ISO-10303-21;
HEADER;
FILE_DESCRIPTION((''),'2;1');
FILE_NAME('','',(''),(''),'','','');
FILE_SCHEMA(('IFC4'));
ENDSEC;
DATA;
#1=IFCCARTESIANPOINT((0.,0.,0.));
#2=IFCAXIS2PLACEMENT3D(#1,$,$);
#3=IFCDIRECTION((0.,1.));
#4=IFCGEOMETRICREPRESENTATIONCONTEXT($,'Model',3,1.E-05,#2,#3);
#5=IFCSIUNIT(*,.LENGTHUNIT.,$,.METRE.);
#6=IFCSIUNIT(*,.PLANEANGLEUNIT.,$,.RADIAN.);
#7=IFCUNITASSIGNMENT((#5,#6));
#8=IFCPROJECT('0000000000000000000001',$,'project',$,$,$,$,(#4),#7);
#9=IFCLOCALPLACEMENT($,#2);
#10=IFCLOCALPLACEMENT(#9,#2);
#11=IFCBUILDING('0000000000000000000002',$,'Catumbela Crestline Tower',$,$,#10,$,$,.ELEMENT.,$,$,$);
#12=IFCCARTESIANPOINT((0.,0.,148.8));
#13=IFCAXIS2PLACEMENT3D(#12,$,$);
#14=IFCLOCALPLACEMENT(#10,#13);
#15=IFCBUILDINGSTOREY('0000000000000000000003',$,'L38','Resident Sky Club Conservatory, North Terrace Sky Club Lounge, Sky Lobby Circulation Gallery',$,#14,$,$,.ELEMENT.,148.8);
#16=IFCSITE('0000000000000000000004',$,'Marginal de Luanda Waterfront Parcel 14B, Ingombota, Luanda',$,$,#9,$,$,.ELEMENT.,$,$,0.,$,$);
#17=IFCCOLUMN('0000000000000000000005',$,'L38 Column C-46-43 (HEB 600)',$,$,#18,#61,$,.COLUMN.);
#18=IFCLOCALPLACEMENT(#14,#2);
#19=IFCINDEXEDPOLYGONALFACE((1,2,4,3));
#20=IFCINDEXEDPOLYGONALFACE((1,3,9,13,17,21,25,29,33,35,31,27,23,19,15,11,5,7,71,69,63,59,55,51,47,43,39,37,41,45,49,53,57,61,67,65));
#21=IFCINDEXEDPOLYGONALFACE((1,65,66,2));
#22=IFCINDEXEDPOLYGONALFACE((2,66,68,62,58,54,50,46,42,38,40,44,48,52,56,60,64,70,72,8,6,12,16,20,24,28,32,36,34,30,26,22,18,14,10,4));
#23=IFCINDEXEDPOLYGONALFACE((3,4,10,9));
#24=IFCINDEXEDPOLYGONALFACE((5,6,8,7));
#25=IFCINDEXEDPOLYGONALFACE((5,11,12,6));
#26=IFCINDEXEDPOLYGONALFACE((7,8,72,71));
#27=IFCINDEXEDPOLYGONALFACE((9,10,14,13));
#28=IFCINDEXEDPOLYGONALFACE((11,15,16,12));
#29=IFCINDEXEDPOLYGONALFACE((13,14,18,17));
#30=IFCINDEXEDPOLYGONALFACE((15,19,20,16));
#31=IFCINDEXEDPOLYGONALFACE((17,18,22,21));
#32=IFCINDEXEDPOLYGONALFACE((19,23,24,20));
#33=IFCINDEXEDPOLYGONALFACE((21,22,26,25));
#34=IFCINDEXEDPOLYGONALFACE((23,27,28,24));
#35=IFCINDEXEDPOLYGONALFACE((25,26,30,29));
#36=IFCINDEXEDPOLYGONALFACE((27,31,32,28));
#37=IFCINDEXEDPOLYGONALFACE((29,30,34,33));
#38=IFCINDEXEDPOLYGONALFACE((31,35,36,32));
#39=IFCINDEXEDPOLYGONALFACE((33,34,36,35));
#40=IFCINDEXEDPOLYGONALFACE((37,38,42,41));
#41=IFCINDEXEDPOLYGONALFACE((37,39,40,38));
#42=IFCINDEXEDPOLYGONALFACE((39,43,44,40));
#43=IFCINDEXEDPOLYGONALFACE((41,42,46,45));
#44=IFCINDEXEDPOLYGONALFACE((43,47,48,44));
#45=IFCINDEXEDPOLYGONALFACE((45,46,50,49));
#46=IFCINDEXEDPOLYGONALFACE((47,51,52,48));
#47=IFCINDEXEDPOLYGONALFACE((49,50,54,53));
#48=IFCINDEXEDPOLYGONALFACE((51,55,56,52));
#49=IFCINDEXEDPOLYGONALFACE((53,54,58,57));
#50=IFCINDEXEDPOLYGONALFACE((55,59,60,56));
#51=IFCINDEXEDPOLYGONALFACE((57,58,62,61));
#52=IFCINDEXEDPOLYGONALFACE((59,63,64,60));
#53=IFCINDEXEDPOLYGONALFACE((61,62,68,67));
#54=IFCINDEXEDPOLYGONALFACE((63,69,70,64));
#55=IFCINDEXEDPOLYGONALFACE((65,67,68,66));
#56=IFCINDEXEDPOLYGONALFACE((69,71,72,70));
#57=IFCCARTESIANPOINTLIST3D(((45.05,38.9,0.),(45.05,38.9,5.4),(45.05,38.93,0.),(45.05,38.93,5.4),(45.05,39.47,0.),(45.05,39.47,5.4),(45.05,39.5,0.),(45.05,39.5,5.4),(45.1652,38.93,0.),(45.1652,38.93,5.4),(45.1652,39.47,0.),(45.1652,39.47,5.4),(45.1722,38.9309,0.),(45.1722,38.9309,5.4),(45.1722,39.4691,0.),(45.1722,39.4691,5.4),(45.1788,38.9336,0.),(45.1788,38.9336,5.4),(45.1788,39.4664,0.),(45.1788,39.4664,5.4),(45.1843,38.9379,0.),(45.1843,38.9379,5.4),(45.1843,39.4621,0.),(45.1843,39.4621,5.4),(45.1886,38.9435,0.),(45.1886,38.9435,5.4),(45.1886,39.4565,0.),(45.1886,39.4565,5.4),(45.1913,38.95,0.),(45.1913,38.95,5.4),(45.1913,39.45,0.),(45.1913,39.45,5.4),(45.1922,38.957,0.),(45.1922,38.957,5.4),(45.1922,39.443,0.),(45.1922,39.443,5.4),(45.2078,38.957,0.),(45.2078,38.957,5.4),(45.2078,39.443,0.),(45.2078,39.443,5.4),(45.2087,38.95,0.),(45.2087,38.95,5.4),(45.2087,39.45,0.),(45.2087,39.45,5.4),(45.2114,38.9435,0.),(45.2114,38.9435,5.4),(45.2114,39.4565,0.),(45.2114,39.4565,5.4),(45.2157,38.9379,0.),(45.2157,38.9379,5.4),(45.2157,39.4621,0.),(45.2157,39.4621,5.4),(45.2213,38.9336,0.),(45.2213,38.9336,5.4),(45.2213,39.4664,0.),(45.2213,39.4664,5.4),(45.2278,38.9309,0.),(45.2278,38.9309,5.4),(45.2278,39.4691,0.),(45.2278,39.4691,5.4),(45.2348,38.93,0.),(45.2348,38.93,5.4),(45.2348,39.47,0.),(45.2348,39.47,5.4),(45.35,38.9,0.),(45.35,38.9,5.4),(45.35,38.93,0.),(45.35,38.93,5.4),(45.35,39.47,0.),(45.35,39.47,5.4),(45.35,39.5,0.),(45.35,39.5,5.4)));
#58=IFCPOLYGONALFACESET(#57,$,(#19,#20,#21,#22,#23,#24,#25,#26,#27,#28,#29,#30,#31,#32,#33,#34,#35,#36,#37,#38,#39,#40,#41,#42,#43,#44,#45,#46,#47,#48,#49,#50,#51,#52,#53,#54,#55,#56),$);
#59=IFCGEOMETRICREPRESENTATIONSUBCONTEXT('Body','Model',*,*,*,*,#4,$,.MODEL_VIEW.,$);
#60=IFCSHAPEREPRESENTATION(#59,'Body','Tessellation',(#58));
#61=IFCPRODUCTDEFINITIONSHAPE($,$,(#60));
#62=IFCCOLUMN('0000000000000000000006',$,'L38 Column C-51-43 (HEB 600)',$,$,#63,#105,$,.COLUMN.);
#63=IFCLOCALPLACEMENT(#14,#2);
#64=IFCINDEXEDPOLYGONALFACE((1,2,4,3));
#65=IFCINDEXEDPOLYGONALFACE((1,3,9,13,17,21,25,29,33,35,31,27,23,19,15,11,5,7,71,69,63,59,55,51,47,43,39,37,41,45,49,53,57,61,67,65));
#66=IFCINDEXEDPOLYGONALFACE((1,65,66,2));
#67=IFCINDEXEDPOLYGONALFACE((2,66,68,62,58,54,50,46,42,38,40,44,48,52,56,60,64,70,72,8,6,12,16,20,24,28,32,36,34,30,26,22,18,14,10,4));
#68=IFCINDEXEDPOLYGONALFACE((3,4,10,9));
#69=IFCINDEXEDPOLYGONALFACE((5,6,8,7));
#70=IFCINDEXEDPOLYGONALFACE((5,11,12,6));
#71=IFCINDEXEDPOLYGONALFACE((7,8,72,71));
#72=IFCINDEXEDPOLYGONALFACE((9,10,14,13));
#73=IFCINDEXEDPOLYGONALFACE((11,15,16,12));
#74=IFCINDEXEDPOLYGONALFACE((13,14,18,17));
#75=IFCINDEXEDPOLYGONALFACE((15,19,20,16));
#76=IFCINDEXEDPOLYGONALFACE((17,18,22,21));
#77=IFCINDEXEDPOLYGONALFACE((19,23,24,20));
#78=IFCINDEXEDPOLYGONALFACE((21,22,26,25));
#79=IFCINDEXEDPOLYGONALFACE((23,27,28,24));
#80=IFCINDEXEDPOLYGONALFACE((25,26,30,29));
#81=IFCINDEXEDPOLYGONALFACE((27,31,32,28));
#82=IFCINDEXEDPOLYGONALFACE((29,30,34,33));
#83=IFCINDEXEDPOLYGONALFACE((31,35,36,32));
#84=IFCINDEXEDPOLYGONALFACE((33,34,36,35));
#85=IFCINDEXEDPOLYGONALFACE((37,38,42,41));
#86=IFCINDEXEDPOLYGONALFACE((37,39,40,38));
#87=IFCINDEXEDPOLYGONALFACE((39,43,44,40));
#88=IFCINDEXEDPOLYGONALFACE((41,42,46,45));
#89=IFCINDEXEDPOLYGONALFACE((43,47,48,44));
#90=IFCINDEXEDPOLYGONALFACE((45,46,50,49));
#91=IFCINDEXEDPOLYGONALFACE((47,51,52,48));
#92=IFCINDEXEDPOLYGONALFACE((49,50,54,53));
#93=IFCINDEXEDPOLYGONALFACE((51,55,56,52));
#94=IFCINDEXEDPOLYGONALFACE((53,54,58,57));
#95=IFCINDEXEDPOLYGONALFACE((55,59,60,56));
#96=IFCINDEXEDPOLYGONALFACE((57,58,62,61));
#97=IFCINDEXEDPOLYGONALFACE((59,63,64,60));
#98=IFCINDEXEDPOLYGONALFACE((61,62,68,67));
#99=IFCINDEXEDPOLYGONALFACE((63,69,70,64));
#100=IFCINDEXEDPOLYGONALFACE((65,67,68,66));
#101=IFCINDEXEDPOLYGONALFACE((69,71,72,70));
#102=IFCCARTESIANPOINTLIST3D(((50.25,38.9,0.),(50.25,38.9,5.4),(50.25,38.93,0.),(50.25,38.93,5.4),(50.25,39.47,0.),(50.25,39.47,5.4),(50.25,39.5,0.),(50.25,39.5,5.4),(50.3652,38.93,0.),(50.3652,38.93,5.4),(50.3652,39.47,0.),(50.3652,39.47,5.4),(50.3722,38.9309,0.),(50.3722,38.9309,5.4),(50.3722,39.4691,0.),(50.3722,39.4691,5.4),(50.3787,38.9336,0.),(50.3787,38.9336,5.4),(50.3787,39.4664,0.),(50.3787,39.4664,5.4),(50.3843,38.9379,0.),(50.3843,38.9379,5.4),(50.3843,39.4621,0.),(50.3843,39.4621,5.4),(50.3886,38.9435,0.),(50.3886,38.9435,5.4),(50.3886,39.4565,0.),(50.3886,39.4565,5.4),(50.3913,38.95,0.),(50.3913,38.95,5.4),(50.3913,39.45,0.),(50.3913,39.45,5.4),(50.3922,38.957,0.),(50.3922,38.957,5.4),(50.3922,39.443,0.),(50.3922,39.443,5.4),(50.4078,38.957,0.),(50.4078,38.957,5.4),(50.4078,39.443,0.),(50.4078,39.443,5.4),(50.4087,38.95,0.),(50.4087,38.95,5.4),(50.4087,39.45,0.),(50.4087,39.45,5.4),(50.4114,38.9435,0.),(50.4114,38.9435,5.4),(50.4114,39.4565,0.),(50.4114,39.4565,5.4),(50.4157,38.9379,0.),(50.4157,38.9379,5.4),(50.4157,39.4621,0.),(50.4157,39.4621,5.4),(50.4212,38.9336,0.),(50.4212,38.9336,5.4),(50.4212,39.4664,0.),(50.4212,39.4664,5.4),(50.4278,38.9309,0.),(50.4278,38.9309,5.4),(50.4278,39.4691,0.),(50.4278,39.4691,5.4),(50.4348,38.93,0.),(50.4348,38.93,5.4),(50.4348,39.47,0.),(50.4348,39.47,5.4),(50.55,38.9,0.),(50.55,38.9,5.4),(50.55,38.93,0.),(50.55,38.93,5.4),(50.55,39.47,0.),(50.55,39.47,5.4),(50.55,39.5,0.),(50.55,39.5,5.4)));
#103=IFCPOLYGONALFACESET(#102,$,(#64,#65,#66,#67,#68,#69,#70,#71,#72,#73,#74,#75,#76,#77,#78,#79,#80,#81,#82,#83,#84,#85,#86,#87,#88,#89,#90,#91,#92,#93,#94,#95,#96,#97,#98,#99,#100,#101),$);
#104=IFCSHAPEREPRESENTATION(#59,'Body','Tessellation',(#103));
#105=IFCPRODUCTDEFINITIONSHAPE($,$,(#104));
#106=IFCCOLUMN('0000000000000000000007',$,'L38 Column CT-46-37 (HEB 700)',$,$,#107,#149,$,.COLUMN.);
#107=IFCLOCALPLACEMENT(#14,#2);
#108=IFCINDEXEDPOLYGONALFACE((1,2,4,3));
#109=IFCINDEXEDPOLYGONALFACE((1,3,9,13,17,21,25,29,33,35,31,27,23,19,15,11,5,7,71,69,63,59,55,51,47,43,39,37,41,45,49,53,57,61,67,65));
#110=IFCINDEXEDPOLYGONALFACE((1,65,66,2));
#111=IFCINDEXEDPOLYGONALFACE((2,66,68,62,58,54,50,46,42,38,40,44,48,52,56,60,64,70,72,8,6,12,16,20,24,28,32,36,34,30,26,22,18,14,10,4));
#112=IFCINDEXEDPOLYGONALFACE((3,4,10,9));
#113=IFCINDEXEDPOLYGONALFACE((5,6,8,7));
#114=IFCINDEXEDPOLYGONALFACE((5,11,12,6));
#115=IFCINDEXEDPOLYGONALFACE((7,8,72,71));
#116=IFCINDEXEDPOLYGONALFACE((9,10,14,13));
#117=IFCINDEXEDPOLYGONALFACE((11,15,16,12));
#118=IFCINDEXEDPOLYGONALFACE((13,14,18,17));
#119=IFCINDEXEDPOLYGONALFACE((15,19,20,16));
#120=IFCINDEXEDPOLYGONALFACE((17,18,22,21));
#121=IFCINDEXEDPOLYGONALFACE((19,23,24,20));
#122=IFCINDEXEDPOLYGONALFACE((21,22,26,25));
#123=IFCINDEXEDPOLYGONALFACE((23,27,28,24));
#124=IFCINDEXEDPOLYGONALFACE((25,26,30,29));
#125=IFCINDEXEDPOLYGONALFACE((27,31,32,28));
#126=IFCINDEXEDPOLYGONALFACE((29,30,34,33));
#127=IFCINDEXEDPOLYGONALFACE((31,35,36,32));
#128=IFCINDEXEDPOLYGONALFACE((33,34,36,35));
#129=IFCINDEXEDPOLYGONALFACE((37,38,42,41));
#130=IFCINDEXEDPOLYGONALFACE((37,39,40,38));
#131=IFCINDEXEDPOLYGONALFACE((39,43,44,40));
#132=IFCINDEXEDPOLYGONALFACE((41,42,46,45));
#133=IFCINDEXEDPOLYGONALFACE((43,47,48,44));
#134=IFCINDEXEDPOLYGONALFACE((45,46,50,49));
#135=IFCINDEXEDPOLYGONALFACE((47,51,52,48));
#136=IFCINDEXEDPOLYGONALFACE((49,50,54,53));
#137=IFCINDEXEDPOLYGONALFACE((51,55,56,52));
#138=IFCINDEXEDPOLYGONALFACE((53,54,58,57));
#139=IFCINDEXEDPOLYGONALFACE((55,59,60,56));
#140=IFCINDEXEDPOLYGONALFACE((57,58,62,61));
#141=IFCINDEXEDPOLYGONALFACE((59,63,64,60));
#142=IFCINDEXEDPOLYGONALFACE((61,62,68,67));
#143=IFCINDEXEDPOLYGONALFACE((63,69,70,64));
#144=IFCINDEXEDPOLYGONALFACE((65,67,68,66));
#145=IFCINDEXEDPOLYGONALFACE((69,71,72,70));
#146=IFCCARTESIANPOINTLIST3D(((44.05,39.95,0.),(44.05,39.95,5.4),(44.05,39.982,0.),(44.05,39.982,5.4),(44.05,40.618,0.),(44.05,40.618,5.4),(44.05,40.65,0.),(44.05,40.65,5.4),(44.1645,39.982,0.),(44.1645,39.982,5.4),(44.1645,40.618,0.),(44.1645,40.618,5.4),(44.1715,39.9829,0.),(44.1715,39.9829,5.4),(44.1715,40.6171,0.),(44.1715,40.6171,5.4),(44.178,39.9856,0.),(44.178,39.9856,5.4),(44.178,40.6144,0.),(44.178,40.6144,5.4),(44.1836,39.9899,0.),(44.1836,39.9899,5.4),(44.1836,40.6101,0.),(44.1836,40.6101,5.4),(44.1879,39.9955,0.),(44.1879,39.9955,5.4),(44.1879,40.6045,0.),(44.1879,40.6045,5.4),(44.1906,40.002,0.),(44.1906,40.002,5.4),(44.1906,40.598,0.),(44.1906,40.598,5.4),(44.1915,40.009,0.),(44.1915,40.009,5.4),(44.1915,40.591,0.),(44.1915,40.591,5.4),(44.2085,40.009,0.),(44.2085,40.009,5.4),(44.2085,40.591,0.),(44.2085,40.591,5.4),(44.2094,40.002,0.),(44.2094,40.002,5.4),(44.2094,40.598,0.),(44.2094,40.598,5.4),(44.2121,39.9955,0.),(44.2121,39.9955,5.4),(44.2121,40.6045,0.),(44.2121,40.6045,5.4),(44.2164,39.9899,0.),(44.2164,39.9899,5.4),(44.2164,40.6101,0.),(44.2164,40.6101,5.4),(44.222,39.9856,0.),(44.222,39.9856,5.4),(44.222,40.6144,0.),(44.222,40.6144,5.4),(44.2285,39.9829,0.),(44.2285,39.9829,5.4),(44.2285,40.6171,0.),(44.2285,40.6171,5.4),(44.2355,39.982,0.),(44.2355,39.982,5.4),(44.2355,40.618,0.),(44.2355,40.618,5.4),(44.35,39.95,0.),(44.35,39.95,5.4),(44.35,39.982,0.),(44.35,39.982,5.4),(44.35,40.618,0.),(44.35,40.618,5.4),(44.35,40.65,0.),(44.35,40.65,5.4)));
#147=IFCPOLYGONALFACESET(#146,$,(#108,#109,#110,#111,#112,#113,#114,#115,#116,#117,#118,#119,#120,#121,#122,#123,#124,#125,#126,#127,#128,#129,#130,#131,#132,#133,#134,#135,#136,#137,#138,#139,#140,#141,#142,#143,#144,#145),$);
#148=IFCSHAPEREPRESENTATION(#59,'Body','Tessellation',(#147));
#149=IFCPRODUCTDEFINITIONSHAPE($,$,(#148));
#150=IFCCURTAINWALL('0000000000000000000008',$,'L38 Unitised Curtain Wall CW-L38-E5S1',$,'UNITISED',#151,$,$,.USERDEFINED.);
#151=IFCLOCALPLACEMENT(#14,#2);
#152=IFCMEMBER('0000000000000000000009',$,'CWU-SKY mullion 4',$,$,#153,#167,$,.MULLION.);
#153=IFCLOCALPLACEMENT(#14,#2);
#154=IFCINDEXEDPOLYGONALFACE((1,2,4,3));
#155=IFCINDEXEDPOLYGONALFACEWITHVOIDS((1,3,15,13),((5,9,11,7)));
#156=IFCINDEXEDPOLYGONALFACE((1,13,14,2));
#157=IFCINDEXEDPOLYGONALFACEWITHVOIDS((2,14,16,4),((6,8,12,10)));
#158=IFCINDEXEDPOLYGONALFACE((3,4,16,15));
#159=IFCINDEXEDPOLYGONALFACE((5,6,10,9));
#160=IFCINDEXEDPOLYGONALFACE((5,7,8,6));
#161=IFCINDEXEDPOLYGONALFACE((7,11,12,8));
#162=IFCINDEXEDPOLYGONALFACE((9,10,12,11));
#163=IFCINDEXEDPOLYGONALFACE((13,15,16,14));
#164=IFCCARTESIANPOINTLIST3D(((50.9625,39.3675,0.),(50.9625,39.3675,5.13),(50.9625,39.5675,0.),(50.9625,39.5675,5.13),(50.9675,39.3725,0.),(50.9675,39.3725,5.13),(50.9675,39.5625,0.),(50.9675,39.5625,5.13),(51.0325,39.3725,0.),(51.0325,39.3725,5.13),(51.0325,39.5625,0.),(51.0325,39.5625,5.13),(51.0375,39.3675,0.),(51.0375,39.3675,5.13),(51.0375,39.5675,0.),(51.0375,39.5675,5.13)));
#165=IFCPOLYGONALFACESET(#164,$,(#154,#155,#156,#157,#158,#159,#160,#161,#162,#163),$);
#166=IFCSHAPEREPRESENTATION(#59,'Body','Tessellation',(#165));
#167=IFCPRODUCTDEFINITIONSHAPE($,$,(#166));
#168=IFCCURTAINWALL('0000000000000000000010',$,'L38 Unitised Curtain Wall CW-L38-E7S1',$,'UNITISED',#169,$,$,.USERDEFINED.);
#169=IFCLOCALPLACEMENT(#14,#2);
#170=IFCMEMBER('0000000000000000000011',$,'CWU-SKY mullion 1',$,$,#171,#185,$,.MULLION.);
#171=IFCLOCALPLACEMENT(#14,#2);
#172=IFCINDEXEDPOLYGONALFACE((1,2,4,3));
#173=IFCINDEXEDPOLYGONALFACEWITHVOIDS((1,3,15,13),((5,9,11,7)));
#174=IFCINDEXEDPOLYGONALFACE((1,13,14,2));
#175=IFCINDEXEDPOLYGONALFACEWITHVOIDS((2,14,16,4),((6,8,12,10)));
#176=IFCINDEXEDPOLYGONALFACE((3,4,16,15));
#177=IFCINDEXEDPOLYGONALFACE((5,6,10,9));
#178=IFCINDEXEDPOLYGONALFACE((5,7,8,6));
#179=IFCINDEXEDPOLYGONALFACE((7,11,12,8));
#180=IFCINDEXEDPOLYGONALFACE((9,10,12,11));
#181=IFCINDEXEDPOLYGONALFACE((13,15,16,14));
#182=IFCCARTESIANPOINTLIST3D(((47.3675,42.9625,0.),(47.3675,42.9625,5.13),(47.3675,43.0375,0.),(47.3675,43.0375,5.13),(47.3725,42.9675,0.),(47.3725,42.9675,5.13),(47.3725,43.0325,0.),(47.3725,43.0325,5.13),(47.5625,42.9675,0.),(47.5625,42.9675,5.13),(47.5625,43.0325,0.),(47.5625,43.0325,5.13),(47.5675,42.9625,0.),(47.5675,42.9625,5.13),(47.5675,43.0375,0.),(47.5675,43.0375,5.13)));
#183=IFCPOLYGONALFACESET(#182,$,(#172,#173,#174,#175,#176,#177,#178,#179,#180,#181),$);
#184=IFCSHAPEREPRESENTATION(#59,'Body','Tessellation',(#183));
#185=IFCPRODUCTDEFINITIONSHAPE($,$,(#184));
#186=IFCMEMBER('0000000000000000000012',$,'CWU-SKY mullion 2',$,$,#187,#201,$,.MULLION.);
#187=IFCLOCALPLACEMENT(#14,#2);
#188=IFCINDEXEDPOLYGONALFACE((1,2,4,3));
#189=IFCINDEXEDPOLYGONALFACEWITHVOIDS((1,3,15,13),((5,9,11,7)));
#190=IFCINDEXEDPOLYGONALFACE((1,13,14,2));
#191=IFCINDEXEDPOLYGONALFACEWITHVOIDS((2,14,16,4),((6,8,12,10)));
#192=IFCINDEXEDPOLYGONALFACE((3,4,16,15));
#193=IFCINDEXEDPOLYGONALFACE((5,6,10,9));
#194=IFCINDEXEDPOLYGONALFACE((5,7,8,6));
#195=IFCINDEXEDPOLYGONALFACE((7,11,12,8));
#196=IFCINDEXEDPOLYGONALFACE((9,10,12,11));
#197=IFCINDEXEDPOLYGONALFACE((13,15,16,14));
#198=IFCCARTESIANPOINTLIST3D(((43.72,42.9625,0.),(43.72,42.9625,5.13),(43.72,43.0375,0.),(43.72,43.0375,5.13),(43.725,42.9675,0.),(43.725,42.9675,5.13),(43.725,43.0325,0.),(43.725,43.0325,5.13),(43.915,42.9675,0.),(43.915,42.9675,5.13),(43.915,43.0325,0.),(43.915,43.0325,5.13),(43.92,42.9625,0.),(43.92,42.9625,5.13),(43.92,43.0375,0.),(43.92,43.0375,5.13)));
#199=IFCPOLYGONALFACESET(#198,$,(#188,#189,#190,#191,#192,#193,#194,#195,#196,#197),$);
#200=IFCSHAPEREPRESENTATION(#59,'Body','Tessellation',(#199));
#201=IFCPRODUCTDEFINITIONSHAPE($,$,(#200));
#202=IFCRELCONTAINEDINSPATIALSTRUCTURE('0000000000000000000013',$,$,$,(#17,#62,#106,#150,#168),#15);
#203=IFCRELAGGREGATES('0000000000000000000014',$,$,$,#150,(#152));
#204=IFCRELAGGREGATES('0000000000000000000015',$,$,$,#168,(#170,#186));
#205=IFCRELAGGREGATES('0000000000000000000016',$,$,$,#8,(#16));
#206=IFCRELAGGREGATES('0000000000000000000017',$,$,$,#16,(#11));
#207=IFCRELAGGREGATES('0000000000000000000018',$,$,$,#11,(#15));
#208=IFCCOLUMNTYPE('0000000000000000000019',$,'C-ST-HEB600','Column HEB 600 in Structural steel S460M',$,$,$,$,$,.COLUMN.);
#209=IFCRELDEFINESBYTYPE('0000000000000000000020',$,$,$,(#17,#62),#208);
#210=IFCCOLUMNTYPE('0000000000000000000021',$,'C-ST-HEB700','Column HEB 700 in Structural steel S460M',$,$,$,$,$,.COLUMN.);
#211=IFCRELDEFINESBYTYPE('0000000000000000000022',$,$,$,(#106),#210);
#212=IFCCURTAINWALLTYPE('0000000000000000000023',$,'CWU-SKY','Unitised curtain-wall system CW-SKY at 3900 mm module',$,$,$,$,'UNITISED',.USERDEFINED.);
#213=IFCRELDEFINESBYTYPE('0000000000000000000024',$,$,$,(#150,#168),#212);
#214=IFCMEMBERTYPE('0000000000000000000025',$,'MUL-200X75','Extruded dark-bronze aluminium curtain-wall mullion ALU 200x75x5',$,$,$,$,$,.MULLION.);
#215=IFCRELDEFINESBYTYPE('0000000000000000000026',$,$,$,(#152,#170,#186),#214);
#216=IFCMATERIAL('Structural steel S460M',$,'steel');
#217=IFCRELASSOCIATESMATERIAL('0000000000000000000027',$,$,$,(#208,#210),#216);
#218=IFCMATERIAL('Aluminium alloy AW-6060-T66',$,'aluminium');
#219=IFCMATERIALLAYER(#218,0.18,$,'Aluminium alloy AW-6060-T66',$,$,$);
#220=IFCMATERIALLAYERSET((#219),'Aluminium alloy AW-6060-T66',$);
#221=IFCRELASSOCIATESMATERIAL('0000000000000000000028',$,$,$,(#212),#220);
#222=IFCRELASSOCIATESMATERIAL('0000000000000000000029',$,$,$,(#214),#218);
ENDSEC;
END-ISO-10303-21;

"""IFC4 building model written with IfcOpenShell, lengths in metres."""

from ifc_helpers import new_model, si_unit, direction, frame, origin, origin_2d, place, context, subcontext, project, spatial, hollow_rectangle, i_section, extrude, material, layer, layer_set, material_profile, profile_set, type_object, element, aggregate, save


model = new_model("IFC4")

# Units and contexts
model_context = context("Model", 3, precision=1e-05, world=origin(), true_north=direction((0.0, 1.0)))
body_context = subcontext(model_context, "Body", "Model", "MODEL_VIEW")
ifc_project = project(units=[si_unit("LENGTHUNIT", "METRE"), si_unit("PLANEANGLEUNIT", "RADIAN")], contexts=[model_context])

# Site, building, storey
site_placement = place(None, origin())
site = spatial("IfcSite", under=ifc_project, at=site_placement, Name="Marginal de Luanda Waterfront Parcel 14B, Ingombota, Luanda", CompositionType="ELEMENT", RefElevation=0.0)
building_placement = place(site_placement, origin())
building = spatial("IfcBuilding", under=site, at=building_placement, Name="Catumbela Crestline Tower", CompositionType="ELEMENT")
storey_placement = place(building_placement, frame((0.0, 0.0, 148.8)))
storey = spatial("IfcBuildingStorey", under=building, at=storey_placement, Name="L38", Description="Resident Sky Club Conservatory, North Terrace Sky Club Lounge, Sky Lobby Circulation Gallery", CompositionType="ELEMENT", Elevation=148.8)

# Columns
ifc_material_1 = material(Name="Structural steel S460M", Category="steel")
ifc_material_profile_1 = material_profile(ifc_material_1, i_section(OverallWidth=0.3, OverallDepth=0.6, WebThickness=0.0155, FlangeThickness=0.03, FilletRadius=0.027, at=origin_2d()), Name="HEB 600")
ifc_profile_set_1 = profile_set([ifc_material_profile_1], Name="Structural steel S460M")
column_type_1 = type_object("IfcColumnType", Name="C-ST-HEB600", Description="Column HEB 600 in Structural steel S460M", PredefinedType="COLUMN", material=ifc_profile_set_1)
for number, where, z_axis, x_axis, name in (
    (1, (45.2, 39.2, 0.0), (0.0, 0.0, 1.0), (1.0, 0.0, 0.0), "L38 Column C-46-43 (HEB 600)"),
    (2, (50.4, 39.2, 0.0), (0.0, 0.0, 1.0), (1.0, 0.0, 0.0), "L38 Column C-51-43 (HEB 600)"),
):
    element("IfcColumn", number, at=place(storey_placement, frame(where, z_axis=z_axis, x_axis=x_axis)), inside=storey, type_object=column_type_1, Name=name, PredefinedType="COLUMN", context=body_context, shape_type="SweptSolid", body=[
        extrude(i_section(OverallWidth=0.3, OverallDepth=0.6, WebThickness=0.0155, FlangeThickness=0.03, FilletRadius=0.027, at=origin_2d()), origin(), (0.0, 0.0, 1.0), 5.4),
    ])
ifc_material_profile_2 = material_profile(ifc_material_1, i_section(OverallWidth=0.3, OverallDepth=0.7, WebThickness=0.017, FlangeThickness=0.032, FilletRadius=0.027, at=origin_2d()), Name="HEB 700")
ifc_profile_set_2 = profile_set([ifc_material_profile_2], Name="Structural steel S460M")
column_type_2 = type_object("IfcColumnType", Name="C-ST-HEB700", Description="Column HEB 700 in Structural steel S460M", PredefinedType="COLUMN", material=ifc_profile_set_2)
column_placement = place(storey_placement, frame((44.2, 40.3, 0.0), z_axis=(0.0, 0.0, 1.0), x_axis=(1.0, 0.0, 0.0)))
element("IfcColumn", 3, at=column_placement, inside=storey, type_object=column_type_2, Name="L38 Column CT-46-37 (HEB 700)", PredefinedType="COLUMN", context=body_context, shape_type="SweptSolid", body=[
    extrude(i_section(OverallWidth=0.3, OverallDepth=0.7, WebThickness=0.017, FlangeThickness=0.032, FilletRadius=0.027, at=origin_2d()), origin(), (0.0, 0.0, 1.0), 5.4),
])

# Curtain wall, member
ifc_material_2 = material(Name="Aluminium alloy AW-6060-T66", Category="aluminium")
ifc_layer_1 = layer(ifc_material_2, 0.18, Name="Aluminium alloy AW-6060-T66")
ifc_layer_set_1 = layer_set([ifc_layer_1], Name="Aluminium alloy AW-6060-T66")
curtain_wall_type = type_object("IfcCurtainWallType", Name="CWU-SKY", Description="Unitised curtain-wall system CW-SKY at 3900 mm module", ElementType="UNITISED", PredefinedType="USERDEFINED", material=ifc_layer_set_1)
curtain_wall_1_placement = place(storey_placement, origin())
curtain_wall_1 = element("IfcCurtainWall", 4, at=curtain_wall_1_placement, inside=storey, type_object=curtain_wall_type, Name="L38 Unitised Curtain Wall CW-L38-E5S1", ObjectType="UNITISED", PredefinedType="USERDEFINED")
ifc_material_profile_3 = material_profile(ifc_material_2, hollow_rectangle(XDim=0.075, YDim=0.2, WallThickness=0.005, at=origin_2d()), Name="ALU 200x75x5")
ifc_profile_set_3 = profile_set([ifc_material_profile_3], Name="Aluminium alloy AW-6060-T66")
member_type_1 = type_object("IfcMemberType", Name="MUL-200X75", Description="Extruded dark-bronze aluminium curtain-wall mullion ALU 200x75x5", PredefinedType="MULLION", material=ifc_profile_set_3)
member_1_placement = place(storey_placement, frame((51.0, 39.4675, 0.0), z_axis=(0.0, 0.0, 1.0), x_axis=(-1.0, 0.0, 0.0)))
member_1 = element("IfcMember", 5, at=member_1_placement, type_object=member_type_1, Name="CWU-SKY mullion 4", PredefinedType="MULLION", context=body_context, shape_type="SweptSolid", body=[
    extrude(hollow_rectangle(XDim=0.075, YDim=0.2, WallThickness=0.005, at=origin_2d()), origin(), (0.0, 0.0, 1.0), 5.13),
])
aggregate(curtain_wall_1, [member_1])

# Curtain wall, members
curtain_wall_2_placement = place(storey_placement, origin())
curtain_wall_2 = element("IfcCurtainWall", 6, at=curtain_wall_2_placement, inside=storey, type_object=curtain_wall_type, Name="L38 Unitised Curtain Wall CW-L38-E7S1", ObjectType="UNITISED", PredefinedType="USERDEFINED")
member_2_placement = place(storey_placement, frame((47.4675, 43.0, 0.0), z_axis=(0.0, 0.0, 1.0), x_axis=(0.0, -1.0, 0.0)))
member_2 = element("IfcMember", 7, at=member_2_placement, type_object=member_type_1, Name="CWU-SKY mullion 1", PredefinedType="MULLION", context=body_context, shape_type="SweptSolid", body=[
    extrude(hollow_rectangle(XDim=0.075, YDim=0.2, WallThickness=0.005, at=origin_2d()), origin(), (0.0, 0.0, 1.0), 5.13),
])
member_3_placement = place(storey_placement, frame((43.82, 43.0, 0.0), z_axis=(0.0, 0.0, 1.0), x_axis=(0.0, -1.0, 0.0)))
member_3 = element("IfcMember", 8, at=member_3_placement, type_object=member_type_1, Name="CWU-SKY mullion 2", PredefinedType="MULLION", context=body_context, shape_type="SweptSolid", body=[
    extrude(hollow_rectangle(XDim=0.075, YDim=0.2, WallThickness=0.005, at=origin_2d()), origin(), (0.0, 0.0, 1.0), 5.13),
])

aggregate(curtain_wall_2, [member_2, member_3])

save(model, "model.ifc")
